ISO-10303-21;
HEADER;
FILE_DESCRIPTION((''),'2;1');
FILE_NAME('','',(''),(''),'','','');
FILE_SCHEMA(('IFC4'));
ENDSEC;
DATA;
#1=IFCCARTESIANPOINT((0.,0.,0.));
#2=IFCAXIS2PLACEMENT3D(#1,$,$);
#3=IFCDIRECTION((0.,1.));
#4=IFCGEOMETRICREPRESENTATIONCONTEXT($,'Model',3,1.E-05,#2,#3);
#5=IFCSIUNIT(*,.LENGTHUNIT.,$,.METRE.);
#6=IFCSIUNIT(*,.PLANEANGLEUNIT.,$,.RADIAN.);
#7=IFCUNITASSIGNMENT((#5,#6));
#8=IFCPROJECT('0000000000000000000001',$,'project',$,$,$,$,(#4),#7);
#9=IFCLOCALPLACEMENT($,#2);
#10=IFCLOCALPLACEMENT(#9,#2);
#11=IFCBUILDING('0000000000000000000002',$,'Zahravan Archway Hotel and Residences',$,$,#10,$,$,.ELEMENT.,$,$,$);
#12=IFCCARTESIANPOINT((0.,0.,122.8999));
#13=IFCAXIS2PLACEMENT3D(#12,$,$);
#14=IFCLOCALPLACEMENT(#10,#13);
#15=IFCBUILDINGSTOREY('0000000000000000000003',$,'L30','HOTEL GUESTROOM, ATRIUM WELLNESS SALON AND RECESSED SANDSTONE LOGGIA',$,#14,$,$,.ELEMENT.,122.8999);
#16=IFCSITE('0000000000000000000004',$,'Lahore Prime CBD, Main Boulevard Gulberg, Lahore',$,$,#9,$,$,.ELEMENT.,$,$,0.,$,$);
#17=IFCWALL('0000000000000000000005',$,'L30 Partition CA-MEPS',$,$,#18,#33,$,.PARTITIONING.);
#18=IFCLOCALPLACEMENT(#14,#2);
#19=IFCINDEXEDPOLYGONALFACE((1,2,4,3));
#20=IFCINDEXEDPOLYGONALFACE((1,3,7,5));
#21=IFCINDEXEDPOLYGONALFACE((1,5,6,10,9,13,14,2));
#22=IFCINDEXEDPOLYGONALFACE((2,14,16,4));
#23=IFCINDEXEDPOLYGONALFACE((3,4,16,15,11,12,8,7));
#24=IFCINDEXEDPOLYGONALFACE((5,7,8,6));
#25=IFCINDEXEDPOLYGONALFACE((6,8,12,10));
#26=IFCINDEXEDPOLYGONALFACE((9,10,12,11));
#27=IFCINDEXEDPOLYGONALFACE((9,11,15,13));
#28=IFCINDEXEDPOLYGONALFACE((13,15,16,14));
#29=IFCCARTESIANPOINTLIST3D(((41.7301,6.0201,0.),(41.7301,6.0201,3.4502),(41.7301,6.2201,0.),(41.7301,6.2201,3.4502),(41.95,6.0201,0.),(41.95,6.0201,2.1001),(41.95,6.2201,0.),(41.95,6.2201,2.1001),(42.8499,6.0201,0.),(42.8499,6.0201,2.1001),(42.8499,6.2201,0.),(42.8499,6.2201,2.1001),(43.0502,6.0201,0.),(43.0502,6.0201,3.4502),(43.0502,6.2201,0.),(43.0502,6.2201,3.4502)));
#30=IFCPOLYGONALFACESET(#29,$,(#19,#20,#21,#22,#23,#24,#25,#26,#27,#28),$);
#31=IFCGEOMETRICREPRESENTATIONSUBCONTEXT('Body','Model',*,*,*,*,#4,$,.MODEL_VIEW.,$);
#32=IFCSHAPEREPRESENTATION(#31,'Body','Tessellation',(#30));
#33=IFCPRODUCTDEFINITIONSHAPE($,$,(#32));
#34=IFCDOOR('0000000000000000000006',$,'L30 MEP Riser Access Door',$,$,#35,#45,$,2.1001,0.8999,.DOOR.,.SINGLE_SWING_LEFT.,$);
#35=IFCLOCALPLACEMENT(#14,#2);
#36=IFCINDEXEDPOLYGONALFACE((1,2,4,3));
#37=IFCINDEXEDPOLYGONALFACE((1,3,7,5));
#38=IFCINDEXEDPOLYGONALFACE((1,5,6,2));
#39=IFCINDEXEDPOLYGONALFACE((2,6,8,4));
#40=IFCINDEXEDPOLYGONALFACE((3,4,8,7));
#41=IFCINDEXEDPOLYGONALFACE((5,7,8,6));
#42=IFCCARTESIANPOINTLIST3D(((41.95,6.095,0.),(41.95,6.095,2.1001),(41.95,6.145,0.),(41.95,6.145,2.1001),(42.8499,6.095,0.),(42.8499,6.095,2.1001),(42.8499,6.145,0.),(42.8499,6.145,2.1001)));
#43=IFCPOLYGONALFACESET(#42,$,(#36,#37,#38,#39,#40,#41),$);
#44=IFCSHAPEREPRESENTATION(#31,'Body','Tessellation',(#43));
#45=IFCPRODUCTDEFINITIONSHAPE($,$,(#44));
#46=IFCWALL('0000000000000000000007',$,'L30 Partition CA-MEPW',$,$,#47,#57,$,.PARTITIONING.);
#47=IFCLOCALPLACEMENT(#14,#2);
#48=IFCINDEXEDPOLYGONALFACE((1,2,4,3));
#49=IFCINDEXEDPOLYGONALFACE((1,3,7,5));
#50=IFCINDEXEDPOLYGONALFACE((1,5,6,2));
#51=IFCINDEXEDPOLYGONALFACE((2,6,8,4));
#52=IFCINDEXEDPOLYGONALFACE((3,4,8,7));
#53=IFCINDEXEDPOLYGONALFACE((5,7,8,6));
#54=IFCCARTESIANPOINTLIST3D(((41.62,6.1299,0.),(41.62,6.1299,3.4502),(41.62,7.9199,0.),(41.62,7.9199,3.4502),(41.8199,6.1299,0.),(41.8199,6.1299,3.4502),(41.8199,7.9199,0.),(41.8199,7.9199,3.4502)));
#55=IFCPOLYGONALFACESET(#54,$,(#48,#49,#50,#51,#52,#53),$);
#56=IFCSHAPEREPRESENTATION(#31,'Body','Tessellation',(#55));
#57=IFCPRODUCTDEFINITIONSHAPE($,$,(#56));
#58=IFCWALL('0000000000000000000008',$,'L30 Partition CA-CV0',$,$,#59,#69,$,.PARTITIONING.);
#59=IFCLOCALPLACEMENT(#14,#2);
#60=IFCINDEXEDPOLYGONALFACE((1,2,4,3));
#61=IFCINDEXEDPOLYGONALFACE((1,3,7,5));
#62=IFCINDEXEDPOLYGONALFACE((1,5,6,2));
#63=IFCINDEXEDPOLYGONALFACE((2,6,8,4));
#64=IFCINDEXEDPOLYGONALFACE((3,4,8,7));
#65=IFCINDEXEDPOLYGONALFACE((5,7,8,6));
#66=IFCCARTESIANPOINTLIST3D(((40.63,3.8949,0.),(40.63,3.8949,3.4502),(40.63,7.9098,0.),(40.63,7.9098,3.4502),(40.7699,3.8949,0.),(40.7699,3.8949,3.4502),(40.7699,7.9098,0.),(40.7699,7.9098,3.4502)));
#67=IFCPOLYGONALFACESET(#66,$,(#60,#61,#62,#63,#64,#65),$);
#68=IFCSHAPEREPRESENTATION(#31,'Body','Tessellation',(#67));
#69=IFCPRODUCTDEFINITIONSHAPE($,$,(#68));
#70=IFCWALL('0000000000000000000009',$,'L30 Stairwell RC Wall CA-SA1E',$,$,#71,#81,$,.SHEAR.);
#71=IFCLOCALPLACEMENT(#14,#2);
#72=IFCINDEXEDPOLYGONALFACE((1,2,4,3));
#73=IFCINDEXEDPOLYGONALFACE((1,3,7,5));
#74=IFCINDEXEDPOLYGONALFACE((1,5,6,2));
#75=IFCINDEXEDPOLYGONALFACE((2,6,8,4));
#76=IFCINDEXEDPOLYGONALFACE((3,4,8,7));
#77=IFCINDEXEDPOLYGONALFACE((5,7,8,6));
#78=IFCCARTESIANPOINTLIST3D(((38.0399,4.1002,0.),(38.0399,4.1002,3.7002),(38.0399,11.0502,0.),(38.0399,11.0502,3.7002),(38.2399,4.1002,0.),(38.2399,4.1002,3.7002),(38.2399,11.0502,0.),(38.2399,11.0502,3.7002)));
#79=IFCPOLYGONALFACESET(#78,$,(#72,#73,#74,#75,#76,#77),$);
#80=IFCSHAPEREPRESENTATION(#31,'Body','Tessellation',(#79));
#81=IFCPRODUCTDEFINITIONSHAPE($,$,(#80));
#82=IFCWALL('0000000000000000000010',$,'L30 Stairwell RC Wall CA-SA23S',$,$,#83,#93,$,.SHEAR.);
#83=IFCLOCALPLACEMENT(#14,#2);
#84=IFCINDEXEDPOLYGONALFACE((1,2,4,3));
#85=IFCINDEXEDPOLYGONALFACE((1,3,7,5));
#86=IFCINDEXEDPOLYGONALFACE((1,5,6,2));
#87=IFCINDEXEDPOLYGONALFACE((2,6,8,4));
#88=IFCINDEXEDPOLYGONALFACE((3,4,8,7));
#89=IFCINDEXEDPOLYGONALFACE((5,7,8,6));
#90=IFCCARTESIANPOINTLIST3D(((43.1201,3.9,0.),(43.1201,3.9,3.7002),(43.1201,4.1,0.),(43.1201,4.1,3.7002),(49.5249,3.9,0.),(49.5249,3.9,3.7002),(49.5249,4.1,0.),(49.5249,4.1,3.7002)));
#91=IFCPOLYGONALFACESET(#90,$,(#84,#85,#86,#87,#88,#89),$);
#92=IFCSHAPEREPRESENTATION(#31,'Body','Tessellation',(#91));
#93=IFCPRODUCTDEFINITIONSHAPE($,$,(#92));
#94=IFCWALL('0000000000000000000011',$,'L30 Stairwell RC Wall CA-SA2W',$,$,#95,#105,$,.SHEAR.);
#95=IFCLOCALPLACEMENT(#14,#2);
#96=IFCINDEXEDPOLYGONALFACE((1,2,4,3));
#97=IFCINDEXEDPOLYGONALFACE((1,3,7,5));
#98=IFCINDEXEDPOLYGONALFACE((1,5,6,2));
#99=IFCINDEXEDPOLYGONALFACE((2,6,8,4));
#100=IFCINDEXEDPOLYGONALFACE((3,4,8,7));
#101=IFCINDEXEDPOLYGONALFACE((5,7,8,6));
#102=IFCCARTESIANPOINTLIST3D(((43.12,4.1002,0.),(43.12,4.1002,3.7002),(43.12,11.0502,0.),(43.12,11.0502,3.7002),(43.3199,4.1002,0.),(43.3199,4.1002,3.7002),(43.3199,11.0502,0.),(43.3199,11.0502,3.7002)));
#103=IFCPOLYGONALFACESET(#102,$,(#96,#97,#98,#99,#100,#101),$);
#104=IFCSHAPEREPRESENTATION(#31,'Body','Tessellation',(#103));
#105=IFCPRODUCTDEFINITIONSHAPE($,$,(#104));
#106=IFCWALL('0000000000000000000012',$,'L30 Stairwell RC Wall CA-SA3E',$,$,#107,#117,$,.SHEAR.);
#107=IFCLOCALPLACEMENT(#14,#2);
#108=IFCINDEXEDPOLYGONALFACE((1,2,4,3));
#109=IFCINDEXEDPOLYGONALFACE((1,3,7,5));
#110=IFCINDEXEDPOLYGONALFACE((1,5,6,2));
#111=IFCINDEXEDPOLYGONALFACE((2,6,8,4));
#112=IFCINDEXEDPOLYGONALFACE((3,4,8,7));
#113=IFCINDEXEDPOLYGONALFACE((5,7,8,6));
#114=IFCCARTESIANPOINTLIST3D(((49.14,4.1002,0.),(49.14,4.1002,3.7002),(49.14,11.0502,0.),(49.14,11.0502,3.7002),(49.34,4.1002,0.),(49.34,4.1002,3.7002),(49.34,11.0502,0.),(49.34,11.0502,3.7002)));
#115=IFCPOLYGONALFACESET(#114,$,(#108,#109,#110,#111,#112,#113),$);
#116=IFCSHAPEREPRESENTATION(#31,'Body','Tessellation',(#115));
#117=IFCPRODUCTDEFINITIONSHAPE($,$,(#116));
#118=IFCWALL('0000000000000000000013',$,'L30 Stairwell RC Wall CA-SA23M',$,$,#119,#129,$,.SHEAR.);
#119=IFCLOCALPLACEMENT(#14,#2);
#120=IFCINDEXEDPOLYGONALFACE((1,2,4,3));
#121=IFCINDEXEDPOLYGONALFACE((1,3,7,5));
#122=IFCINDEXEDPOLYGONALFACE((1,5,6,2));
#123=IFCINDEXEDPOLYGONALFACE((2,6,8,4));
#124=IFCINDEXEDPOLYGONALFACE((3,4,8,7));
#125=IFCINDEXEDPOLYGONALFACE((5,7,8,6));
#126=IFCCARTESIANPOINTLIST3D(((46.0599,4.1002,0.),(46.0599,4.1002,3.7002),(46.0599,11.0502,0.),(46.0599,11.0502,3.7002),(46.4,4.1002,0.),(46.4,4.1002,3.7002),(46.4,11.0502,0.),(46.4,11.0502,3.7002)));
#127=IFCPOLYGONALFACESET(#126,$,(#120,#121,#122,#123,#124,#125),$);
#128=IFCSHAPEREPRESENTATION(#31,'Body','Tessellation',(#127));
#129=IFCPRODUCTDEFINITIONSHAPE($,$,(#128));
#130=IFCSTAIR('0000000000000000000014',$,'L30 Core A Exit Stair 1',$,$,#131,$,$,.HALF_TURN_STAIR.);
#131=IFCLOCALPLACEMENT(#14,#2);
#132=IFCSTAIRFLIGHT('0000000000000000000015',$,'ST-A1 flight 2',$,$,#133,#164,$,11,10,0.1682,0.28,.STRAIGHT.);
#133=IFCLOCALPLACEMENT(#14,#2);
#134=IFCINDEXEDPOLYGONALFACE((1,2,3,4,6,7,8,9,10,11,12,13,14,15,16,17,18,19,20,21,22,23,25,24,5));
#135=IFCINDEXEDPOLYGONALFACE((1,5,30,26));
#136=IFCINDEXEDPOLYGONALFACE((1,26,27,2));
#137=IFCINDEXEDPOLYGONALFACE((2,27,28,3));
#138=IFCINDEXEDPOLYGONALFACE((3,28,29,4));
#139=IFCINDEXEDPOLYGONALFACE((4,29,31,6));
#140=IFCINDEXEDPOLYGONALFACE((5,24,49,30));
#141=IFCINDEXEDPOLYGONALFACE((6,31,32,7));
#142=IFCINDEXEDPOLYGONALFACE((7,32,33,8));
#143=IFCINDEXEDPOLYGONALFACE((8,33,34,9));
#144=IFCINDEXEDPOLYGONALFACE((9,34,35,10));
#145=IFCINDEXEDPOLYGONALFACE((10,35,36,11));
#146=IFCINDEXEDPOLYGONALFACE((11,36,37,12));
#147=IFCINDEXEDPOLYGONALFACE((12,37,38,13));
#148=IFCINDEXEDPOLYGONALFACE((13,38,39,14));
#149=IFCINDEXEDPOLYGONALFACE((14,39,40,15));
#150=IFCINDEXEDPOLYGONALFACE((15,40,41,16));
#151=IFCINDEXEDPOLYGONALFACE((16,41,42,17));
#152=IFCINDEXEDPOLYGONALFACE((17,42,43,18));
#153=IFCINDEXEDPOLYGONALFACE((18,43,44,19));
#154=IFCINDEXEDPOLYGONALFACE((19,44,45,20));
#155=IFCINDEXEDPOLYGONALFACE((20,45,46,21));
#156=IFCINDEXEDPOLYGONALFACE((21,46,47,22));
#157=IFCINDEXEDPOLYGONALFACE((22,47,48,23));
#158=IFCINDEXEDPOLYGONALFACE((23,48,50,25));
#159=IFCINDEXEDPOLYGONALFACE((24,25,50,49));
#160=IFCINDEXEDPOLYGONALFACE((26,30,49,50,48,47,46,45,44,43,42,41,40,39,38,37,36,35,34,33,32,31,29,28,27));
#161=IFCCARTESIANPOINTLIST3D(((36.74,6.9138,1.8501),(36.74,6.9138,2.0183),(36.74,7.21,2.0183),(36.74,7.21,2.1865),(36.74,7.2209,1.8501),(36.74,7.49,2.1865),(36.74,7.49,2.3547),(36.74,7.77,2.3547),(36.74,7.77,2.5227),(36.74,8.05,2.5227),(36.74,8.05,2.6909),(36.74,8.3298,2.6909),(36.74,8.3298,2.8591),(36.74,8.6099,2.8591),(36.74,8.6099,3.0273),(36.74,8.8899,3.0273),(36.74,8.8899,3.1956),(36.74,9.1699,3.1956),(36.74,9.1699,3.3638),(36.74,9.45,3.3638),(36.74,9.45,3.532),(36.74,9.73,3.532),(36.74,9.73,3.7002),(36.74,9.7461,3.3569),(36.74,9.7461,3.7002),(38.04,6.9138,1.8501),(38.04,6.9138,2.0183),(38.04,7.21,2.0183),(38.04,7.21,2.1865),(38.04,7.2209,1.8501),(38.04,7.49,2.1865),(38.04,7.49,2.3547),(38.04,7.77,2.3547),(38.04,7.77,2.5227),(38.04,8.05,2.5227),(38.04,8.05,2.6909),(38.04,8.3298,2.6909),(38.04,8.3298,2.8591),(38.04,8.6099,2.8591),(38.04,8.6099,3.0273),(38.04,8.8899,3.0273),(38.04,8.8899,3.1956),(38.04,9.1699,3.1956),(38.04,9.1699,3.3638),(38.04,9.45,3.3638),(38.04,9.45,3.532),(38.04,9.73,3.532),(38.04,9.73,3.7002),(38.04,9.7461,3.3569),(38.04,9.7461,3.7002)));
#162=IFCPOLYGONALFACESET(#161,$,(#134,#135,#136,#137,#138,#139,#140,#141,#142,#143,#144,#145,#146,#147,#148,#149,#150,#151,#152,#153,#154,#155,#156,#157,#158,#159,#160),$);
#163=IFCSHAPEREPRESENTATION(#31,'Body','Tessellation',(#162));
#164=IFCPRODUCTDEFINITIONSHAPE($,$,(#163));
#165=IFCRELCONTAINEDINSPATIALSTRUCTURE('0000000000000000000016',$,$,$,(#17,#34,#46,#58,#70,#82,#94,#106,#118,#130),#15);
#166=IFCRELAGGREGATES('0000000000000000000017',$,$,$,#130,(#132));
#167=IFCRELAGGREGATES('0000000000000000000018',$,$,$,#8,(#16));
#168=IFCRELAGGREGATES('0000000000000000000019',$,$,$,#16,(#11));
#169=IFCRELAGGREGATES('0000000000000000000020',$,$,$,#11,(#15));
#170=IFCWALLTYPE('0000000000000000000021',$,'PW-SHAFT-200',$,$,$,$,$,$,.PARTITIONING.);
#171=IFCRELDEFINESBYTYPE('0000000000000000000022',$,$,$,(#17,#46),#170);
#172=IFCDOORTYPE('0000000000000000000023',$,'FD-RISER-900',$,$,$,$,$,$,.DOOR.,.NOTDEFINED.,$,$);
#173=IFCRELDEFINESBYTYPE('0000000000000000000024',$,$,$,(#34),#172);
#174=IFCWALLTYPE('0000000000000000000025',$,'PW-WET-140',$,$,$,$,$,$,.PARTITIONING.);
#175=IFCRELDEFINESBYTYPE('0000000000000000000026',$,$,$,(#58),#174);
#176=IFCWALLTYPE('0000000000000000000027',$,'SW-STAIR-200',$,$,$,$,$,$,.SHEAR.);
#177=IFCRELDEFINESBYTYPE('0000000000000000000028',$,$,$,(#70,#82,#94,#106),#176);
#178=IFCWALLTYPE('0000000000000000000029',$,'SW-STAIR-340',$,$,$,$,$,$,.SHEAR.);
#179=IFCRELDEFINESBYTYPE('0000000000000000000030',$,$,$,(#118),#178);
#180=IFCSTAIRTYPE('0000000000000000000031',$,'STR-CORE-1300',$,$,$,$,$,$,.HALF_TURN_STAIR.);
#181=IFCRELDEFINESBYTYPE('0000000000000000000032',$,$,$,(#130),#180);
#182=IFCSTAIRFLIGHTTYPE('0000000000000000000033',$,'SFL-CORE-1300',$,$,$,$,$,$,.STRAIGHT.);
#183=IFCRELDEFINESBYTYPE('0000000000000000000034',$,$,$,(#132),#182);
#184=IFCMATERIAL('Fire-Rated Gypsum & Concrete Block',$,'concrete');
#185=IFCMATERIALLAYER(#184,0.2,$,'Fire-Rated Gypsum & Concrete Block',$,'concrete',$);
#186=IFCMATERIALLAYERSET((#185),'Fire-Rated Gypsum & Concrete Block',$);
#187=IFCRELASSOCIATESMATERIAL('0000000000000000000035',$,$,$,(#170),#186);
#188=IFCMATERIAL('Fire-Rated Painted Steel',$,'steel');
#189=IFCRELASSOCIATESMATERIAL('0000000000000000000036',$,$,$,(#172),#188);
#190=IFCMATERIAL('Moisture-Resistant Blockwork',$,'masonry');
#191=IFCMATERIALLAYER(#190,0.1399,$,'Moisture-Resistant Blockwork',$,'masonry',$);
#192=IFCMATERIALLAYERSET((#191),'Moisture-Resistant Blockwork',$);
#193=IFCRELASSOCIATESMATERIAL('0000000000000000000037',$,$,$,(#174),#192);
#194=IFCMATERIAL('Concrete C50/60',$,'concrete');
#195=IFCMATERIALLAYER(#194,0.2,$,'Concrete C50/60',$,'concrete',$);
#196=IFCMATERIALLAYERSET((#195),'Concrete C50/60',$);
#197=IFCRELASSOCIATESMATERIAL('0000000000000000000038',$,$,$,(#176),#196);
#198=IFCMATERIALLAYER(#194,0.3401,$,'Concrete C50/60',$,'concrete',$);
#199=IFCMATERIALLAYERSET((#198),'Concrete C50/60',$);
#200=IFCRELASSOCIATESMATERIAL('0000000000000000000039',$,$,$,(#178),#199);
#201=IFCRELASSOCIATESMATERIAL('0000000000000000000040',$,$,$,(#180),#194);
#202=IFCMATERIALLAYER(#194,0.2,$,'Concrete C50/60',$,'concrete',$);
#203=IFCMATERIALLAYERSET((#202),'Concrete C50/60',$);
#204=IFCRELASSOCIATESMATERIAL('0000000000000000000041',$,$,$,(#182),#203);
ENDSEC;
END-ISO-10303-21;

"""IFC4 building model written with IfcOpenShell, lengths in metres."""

from ifc_helpers import new_model, si_unit, direction, frame, frame_2d, origin, place, context, subcontext, project, spatial, polyline, rectangle, outline, extrude, source, transform, mapped, material, layer, layer_set, type_object, type_shapes, element, fill, aggregate, save


model = new_model("IFC4")

# Units and contexts
model_context = context("Model", 3, precision=1e-05, world=origin(), true_north=direction((0.0, 1.0)))
body_context = subcontext(model_context, "Body", "Model", "MODEL_VIEW")
ifc_project = project(units=[si_unit("LENGTHUNIT", "METRE"), si_unit("PLANEANGLEUNIT", "RADIAN")], contexts=[model_context])

# Site, building, storey
site_placement = place(None, origin())
site = spatial("IfcSite", under=ifc_project, at=site_placement, Name="Lahore Prime CBD, Main Boulevard Gulberg, Lahore", CompositionType="ELEMENT", RefElevation=0.0)
building_placement = place(site_placement, origin())
building = spatial("IfcBuilding", under=site, at=building_placement, Name="Zahravan Archway Hotel and Residences", CompositionType="ELEMENT")
storey_placement = place(building_placement, frame((0.0, 0.0, 122.8999)))
storey = spatial("IfcBuildingStorey", under=building, at=storey_placement, Name="L30", Description="HOTEL GUESTROOM, ATRIUM WELLNESS SALON AND RECESSED SANDSTONE LOGGIA", CompositionType="ELEMENT", Elevation=122.8999)

# Shared definitions
ifc_material_1 = material(Name="Fire-Rated Gypsum & Concrete Block", Category="concrete")
ifc_layer_1 = layer(ifc_material_1, 0.2, Name="Fire-Rated Gypsum & Concrete Block", Category="concrete")
ifc_layer_set_1 = layer_set([ifc_layer_1], Name="Fire-Rated Gypsum & Concrete Block")
wall_type_1 = type_object("IfcWallType", Name="PW-SHAFT-200", PredefinedType="PARTITIONING", material=ifc_layer_set_1)
ifc_material_2 = material(Name="Fire-Rated Painted Steel", Category="steel")
door_type = type_object("IfcDoorType", Name="FD-RISER-900", OperationType="NOTDEFINED", PredefinedType="DOOR", material=ifc_material_2)
shared_shape_1 = source(origin(), body_context, "Body", "SweptSolid", [
    extrude(rectangle(XDim=0.8999, YDim=2.1001, at=frame_2d((0.45, 1.05))), frame((0.0, 0.0249, 0.0), z_axis=(0.0, -1.0, 0.0), x_axis=(1.0, 0.0, 0.0)), (0.0, 0.0, 1.0), 0.05),
])
type_shapes(door_type, [shared_shape_1])

# Wall, opening, door
wall_1_placement = place(storey_placement, frame((41.73, 6.1201, 0.0), z_axis=(0.0, 0.0, 1.0), x_axis=(1.0, 0.0, 0.0)))
wall_1 = element("IfcWall", 1, at=wall_1_placement, inside=storey, type_object=wall_type_1, Name="L30 Partition CA-MEPS", PredefinedType="PARTITIONING", context=body_context, shape_type="SweptSolid", body=[
    extrude(rectangle(XDim=1.3201, YDim=0.2, at=frame_2d((0.6602, 0.0))), origin(), (0.0, 0.0, 1.0), 3.4502),
])
opening_1_placement = place(wall_1_placement, frame((0.22, 0.0, 0.0)))
opening_1 = element("IfcOpeningElement", 2, at=opening_1_placement, cuts=wall_1, PredefinedType="OPENING", context=body_context, shape_type="SweptSolid", body=[
    extrude(rectangle(XDim=0.8999, YDim=2.1001, at=frame_2d((0.45, 1.05))), frame((0.0, 0.1099, 0.0), z_axis=(0.0, -1.0, 0.0), x_axis=(1.0, 0.0, 0.0)), (0.0, 0.0, 1.0), 0.22),
])
door_1_placement = place(opening_1_placement, origin())
door_1 = element("IfcDoor", 3, at=door_1_placement, inside=storey, type_object=door_type, Name="L30 MEP Riser Access Door", OperationType="SINGLE_SWING_LEFT", OverallHeight=2.1001, OverallWidth=0.8999, PredefinedType="DOOR", context=body_context, shape_type="MappedRepresentation", body=[
    mapped(shared_shape_1, transform((0.0, 0.0, 0.0), scale=1.0)),
])
fill(opening_1, door_1)

# Walls
wall_2_placement = place(storey_placement, frame((41.72, 6.1299, 0.0), z_axis=(0.0, 0.0, 1.0), x_axis=(0.0, 1.0, 0.0)))
element("IfcWall", 4, at=wall_2_placement, inside=storey, type_object=wall_type_1, Name="L30 Partition CA-MEPW", PredefinedType="PARTITIONING", context=body_context, shape_type="SweptSolid", body=[
    extrude(rectangle(XDim=1.79, YDim=0.2, at=frame_2d((0.895, 0.0))), origin(), (0.0, 0.0, 1.0), 3.4502),
])
ifc_material_3 = material(Name="Moisture-Resistant Blockwork", Category="masonry")
ifc_layer_2 = layer(ifc_material_3, 0.1399, Name="Moisture-Resistant Blockwork", Category="masonry")
ifc_layer_set_2 = layer_set([ifc_layer_2], Name="Moisture-Resistant Blockwork")
wall_type_2 = type_object("IfcWallType", Name="PW-WET-140", PredefinedType="PARTITIONING", material=ifc_layer_set_2)
wall_3_placement = place(storey_placement, frame((40.7, 3.895, 0.0), z_axis=(0.0, 0.0, 1.0), x_axis=(0.0, 1.0, 0.0)))
element("IfcWall", 5, at=wall_3_placement, inside=storey, type_object=wall_type_2, Name="L30 Partition CA-CV0", PredefinedType="PARTITIONING", context=body_context, shape_type="SweptSolid", body=[
    extrude(rectangle(XDim=4.0149, YDim=0.1399, at=frame_2d((2.0073, 0.0))), origin(), (0.0, 0.0, 1.0), 3.4502),
])
ifc_material_4 = material(Name="Concrete C50/60", Category="concrete")
ifc_layer_3 = layer(ifc_material_4, 0.2, Name="Concrete C50/60", Category="concrete")
ifc_layer_set_3 = layer_set([ifc_layer_3], Name="Concrete C50/60")
wall_type_3 = type_object("IfcWallType", Name="SW-STAIR-200", PredefinedType="SHEAR", material=ifc_layer_set_3)
wall_4_placement = place(storey_placement, frame((38.1399, 4.1001, 0.0), z_axis=(0.0, 0.0, 1.0), x_axis=(0.0, 1.0, 0.0)))
element("IfcWall", 6, at=wall_4_placement, inside=storey, type_object=wall_type_3, Name="L30 Stairwell RC Wall CA-SA1E", PredefinedType="SHEAR", context=body_context, shape_type="SweptSolid", body=[
    extrude(rectangle(XDim=6.95, YDim=0.2, at=frame_2d((3.4751, 0.0))), origin(), (0.0, 0.0, 1.0), 3.7002),
])
wall_5_placement = place(storey_placement, frame((43.1201, 4.0, 0.0), z_axis=(0.0, 0.0, 1.0), x_axis=(1.0, 0.0, 0.0)))
element("IfcWall", 7, at=wall_5_placement, inside=storey, type_object=wall_type_3, Name="L30 Stairwell RC Wall CA-SA23S", PredefinedType="SHEAR", context=body_context, shape_type="SweptSolid", body=[
    extrude(rectangle(XDim=6.4048, YDim=0.2, at=frame_2d((3.2024, 0.0))), origin(), (0.0, 0.0, 1.0), 3.7002),
])
for number, where, z_axis, x_axis, name in (
    (8, (43.22, 4.1001, 0.0), (0.0, 0.0, 1.0), (0.0, 1.0, 0.0), "L30 Stairwell RC Wall CA-SA2W"),
    (9, (49.24, 4.1001, 0.0), (0.0, 0.0, 1.0), (0.0, 1.0, 0.0), "L30 Stairwell RC Wall CA-SA3E"),
):
    element("IfcWall", number, at=place(storey_placement, frame(where, z_axis=z_axis, x_axis=x_axis)), inside=storey, type_object=wall_type_3, Name=name, PredefinedType="SHEAR", context=body_context, shape_type="SweptSolid", body=[
        extrude(rectangle(XDim=6.95, YDim=0.2, at=frame_2d((3.4751, 0.0))), origin(), (0.0, 0.0, 1.0), 3.7002),
    ])
ifc_layer_4 = layer(ifc_material_4, 0.3401, Name="Concrete C50/60", Category="concrete")
ifc_layer_set_4 = layer_set([ifc_layer_4], Name="Concrete C50/60")
wall_type_4 = type_object("IfcWallType", Name="SW-STAIR-340", PredefinedType="SHEAR", material=ifc_layer_set_4)
wall_6_placement = place(storey_placement, frame((46.23, 4.1001, 0.0), z_axis=(0.0, 0.0, 1.0), x_axis=(0.0, 1.0, 0.0)))
element("IfcWall", 10, at=wall_6_placement, inside=storey, type_object=wall_type_4, Name="L30 Stairwell RC Wall CA-SA23M", PredefinedType="SHEAR", context=body_context, shape_type="SweptSolid", body=[
    extrude(rectangle(XDim=6.95, YDim=0.3401, at=frame_2d((3.4751, 0.0))), origin(), (0.0, 0.0, 1.0), 3.7002),
])

# Stair, stair flight
stair_type = type_object("IfcStairType", Name="STR-CORE-1300", PredefinedType="HALF_TURN_STAIR", material=ifc_material_4)
stair_1_placement = place(storey_placement, origin())
stair_1 = element("IfcStair", 11, at=stair_1_placement, inside=storey, type_object=stair_type, Name="L30 Core A Exit Stair 1", PredefinedType="HALF_TURN_STAIR")
ifc_layer_5 = layer(ifc_material_4, 0.2, Name="Concrete C50/60", Category="concrete")
ifc_layer_set_5 = layer_set([ifc_layer_5], Name="Concrete C50/60")
stair_flight_type = type_object("IfcStairFlightType", Name="SFL-CORE-1300", PredefinedType="STRAIGHT", material=ifc_layer_set_5)
shared_shape_2 = source(origin(), body_context, "Body", "SweptSolid", [
    extrude(outline(polyline([(-0.0161, 0.0), (-0.0161, 0.1682), (0.28, 0.1682), (0.28, 0.3364), (0.5601, 0.3364), (0.5601, 0.5046), (0.8401, 0.5046), (0.8401, 0.6726), (1.1201, 0.6726), (1.1201, 0.8408), (1.3999, 0.8408), (1.3999, 1.009), (1.6799, 1.009), (1.6799, 1.1772), (1.96, 1.1772), (1.96, 1.3455), (2.24, 1.3455), (2.24, 1.5137), (2.52, 1.5137), (2.52, 1.6819), (2.8, 1.6819), (2.8, 1.8501), (2.8162, 1.8501), (2.8162, 1.5068), (0.291, 0.0), (-0.0161, 0.0)])), frame((0.0, 0.6499, 0.0), z_axis=(0.0, -1.0, 0.0), x_axis=(1.0, 0.0, 0.0)), (0.0, 0.0, 1.0), 1.3),
])
stair_flight_1_placement = place(storey_placement, frame((37.3899, 6.9299, 1.8501), z_axis=(0.0, 0.0, 1.0), x_axis=(0.0, 1.0, 0.0)))
stair_flight_1 = element("IfcStairFlight", 12, at=stair_flight_1_placement, type_object=stair_flight_type, Name="ST-A1 flight 2", NumberOfRisers=11, NumberOfTreads=10, PredefinedType="STRAIGHT", RiserHeight=0.1682, TreadLength=0.28, context=body_context, shape_type="MappedRepresentation", body=[
    mapped(shared_shape_2, transform((0.0, 0.0, 0.0), scale=1.0)),
])
aggregate(stair_1, [stair_flight_1])

save(model, "model.ifc")
